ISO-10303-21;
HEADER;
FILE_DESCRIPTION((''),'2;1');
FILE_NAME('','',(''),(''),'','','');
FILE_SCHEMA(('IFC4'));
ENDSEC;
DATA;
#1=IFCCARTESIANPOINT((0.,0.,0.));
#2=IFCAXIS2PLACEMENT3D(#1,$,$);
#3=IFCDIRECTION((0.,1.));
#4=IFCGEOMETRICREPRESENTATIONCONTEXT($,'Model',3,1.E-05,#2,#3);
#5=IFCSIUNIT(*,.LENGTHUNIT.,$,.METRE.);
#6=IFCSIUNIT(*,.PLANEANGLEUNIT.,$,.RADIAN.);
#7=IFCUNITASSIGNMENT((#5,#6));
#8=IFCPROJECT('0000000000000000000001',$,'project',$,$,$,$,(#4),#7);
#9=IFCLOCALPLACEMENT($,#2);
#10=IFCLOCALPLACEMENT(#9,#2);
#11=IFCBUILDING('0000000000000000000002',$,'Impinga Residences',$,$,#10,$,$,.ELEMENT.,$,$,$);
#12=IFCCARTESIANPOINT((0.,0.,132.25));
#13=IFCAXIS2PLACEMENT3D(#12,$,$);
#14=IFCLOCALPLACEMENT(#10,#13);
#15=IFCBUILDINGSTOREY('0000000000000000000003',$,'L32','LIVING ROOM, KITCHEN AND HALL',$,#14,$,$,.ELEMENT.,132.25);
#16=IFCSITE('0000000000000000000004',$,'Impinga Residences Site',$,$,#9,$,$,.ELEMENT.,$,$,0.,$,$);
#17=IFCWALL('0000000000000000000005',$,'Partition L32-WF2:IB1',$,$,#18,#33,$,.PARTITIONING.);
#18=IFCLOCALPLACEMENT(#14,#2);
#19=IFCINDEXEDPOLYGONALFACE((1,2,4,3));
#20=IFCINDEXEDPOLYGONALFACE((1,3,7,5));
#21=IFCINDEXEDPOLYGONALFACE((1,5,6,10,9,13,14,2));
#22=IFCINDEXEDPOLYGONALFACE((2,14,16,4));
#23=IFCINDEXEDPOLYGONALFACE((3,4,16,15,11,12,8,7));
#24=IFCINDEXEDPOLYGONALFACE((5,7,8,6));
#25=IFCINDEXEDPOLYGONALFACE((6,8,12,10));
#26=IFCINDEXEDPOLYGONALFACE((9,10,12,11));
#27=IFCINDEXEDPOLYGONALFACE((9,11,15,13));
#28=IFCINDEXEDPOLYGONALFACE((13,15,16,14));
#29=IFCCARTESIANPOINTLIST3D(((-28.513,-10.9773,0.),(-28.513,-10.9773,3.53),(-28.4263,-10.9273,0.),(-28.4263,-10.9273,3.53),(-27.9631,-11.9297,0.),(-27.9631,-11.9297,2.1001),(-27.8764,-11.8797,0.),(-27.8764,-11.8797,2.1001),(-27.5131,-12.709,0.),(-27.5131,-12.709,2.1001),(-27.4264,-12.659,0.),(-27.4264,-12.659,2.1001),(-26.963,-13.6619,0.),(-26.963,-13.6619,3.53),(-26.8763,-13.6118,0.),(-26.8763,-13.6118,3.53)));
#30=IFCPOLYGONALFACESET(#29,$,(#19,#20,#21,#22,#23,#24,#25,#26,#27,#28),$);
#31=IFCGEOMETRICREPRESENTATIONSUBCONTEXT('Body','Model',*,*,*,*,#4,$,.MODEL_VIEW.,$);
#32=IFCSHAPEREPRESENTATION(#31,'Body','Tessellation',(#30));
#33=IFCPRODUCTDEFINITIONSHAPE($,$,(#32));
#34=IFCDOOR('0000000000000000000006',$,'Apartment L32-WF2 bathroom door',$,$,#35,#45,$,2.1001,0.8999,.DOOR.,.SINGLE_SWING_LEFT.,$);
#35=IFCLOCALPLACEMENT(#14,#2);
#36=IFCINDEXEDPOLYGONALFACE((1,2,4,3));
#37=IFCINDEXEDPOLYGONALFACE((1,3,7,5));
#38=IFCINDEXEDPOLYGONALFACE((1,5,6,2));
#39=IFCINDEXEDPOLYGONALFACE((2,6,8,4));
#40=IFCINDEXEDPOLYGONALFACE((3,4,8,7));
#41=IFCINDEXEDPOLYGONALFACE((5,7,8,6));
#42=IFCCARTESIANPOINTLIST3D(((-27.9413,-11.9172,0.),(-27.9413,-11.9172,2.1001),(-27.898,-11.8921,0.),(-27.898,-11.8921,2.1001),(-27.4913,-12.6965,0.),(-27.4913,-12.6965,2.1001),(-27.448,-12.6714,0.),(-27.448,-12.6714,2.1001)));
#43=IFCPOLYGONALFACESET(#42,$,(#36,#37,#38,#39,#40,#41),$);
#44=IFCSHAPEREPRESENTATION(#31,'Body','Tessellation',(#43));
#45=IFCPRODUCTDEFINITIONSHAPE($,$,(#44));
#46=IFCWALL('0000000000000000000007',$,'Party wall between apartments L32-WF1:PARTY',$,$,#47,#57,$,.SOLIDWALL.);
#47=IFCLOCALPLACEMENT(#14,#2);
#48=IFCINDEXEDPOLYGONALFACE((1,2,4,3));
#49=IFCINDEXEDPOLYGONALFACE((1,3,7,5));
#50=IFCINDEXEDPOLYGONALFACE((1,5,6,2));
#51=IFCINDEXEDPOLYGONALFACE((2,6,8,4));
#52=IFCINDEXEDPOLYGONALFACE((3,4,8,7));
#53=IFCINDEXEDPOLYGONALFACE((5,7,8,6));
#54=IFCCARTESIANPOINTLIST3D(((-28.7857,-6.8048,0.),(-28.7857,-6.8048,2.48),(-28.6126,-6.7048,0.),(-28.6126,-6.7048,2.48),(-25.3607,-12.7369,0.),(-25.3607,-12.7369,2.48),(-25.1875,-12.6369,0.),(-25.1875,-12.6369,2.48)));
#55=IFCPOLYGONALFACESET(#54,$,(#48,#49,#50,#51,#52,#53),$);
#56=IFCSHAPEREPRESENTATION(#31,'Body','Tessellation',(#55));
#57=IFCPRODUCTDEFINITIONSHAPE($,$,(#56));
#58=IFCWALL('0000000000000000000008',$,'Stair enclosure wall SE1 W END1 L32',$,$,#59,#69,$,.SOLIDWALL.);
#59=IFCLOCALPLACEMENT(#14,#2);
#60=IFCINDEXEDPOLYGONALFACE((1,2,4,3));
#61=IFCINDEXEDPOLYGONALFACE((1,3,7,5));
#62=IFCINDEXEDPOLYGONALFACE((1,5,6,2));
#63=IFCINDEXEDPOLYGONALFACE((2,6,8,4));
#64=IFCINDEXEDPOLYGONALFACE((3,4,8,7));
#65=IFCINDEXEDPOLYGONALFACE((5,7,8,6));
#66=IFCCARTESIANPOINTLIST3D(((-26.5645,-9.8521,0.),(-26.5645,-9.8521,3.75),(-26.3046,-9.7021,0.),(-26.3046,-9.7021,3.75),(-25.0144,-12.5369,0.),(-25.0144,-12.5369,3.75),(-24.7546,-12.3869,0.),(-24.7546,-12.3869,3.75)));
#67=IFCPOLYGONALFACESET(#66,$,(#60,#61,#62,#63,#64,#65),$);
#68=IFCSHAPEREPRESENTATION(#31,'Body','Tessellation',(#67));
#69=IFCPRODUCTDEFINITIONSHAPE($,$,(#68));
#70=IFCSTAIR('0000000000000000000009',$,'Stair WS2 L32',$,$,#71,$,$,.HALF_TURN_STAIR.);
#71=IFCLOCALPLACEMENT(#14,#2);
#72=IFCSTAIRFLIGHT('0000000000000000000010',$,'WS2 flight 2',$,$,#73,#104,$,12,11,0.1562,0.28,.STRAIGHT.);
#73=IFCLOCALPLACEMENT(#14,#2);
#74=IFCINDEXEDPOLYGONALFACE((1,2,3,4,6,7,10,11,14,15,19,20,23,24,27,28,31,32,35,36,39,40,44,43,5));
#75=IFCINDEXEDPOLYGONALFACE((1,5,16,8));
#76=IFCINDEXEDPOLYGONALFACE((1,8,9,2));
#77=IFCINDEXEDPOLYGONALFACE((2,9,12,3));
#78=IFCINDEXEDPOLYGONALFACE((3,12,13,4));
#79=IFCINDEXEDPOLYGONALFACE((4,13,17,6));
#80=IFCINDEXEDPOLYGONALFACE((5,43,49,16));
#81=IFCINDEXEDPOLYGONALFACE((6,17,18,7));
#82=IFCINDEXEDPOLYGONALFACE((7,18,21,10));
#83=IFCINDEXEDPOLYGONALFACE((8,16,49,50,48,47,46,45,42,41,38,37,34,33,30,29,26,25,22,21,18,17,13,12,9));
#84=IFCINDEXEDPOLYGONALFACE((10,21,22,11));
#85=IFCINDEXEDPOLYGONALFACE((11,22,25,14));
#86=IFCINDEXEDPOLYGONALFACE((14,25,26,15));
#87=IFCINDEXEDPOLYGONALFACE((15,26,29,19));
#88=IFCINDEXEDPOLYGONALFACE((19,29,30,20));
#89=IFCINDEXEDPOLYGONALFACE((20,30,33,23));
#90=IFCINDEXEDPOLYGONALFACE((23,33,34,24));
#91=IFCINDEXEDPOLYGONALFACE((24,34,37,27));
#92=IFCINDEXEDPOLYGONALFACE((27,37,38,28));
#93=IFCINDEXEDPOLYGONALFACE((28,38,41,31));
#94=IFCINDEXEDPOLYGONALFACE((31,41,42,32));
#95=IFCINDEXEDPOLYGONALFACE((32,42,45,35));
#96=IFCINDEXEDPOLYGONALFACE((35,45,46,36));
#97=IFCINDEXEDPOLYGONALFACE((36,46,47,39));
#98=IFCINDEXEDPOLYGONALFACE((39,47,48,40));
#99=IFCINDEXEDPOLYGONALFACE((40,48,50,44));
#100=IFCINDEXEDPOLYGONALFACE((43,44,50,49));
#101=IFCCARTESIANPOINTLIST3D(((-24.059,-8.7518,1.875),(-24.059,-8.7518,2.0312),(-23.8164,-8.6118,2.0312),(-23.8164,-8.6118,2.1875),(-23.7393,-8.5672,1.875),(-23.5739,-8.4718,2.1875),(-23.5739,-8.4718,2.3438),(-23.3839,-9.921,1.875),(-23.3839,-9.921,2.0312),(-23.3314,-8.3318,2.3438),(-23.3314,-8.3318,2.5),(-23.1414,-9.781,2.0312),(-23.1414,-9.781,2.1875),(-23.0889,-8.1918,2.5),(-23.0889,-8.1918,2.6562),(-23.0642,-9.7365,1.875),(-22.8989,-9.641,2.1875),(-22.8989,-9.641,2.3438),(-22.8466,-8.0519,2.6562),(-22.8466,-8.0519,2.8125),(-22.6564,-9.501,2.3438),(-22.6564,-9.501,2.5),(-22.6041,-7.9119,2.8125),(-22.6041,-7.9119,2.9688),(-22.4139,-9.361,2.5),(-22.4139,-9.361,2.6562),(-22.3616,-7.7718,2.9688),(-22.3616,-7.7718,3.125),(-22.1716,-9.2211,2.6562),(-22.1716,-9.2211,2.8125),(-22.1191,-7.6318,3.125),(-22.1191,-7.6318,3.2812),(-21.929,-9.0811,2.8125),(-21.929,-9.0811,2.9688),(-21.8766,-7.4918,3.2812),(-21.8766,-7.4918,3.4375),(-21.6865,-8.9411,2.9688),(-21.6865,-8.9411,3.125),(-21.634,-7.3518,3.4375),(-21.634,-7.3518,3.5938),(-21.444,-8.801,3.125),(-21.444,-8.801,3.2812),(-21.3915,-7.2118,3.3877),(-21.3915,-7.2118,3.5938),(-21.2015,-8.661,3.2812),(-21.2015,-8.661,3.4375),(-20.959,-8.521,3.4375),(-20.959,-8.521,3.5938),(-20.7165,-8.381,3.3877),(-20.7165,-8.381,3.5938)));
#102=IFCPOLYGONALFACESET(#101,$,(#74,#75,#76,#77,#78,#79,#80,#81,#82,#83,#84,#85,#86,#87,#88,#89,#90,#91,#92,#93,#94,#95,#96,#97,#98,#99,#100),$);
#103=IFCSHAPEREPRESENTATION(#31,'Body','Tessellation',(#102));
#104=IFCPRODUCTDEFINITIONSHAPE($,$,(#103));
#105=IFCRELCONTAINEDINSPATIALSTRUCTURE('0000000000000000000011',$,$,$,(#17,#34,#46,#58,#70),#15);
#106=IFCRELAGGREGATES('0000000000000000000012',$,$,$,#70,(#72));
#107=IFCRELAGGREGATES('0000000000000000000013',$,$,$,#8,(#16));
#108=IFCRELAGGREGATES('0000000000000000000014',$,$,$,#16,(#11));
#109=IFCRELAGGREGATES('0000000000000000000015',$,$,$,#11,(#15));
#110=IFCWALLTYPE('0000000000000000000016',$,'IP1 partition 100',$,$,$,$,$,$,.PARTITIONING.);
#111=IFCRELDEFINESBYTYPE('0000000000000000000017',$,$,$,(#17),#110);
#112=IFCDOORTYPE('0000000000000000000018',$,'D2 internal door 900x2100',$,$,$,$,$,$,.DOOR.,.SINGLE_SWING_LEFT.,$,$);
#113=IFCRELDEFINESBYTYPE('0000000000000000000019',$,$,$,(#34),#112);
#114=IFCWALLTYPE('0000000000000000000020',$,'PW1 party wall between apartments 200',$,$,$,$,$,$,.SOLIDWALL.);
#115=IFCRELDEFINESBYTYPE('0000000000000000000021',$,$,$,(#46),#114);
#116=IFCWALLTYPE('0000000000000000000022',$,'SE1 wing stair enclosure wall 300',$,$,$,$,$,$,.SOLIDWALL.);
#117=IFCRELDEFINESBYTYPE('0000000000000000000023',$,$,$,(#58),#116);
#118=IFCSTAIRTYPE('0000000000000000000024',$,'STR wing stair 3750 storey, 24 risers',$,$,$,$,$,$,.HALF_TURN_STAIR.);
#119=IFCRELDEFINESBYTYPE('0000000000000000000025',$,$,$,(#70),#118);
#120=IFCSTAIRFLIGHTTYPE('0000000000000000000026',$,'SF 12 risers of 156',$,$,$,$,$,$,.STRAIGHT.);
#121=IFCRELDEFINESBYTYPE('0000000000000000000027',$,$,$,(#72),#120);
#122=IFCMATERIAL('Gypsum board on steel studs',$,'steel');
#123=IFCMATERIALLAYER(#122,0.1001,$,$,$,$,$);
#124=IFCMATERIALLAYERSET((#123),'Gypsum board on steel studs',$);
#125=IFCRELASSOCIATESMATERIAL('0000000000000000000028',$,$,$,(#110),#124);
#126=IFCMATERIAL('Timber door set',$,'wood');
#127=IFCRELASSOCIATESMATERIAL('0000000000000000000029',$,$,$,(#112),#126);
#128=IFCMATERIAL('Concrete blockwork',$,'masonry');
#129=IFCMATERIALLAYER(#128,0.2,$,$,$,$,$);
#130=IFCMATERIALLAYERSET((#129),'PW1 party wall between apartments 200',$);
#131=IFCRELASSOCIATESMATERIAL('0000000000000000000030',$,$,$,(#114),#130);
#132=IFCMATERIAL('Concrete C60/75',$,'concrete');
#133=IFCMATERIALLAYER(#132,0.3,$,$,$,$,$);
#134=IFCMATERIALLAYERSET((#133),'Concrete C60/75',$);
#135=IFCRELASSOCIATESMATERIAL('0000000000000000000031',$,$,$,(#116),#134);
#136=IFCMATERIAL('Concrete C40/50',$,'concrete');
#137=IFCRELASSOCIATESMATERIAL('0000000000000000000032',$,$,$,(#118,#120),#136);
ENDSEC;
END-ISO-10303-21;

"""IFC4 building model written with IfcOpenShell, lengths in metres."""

from ifc_helpers import new_model, si_unit, direction, frame, frame_2d, origin, place, context, subcontext, project, spatial, polyline, rectangle, outline, extrude, material, layer, layer_set, type_object, element, fill, aggregate, save


model = new_model("IFC4")

# Units and contexts
model_context = context("Model", 3, precision=1e-05, world=origin(), true_north=direction((0.0, 1.0)))
body_context = subcontext(model_context, "Body", "Model", "MODEL_VIEW")
ifc_project = project(units=[si_unit("LENGTHUNIT", "METRE"), si_unit("PLANEANGLEUNIT", "RADIAN")], contexts=[model_context])

# Site, building, storey
site_placement = place(None, origin())
site = spatial("IfcSite", under=ifc_project, at=site_placement, Name="Impinga Residences Site", CompositionType="ELEMENT", RefElevation=0.0)
building_placement = place(site_placement, origin())
building = spatial("IfcBuilding", under=site, at=building_placement, Name="Impinga Residences", CompositionType="ELEMENT")
storey_placement = place(building_placement, frame((0.0, 0.0, 132.25)))
storey = spatial("IfcBuildingStorey", under=building, at=storey_placement, Name="L32", Description="LIVING ROOM, KITCHEN AND HALL", CompositionType="ELEMENT", Elevation=132.25)

# Shared definitions
ifc_material_1 = material(Name="Concrete C60/75", Category="concrete")

# Shared definitions
ifc_material_2 = material(Name="Gypsum board on steel studs", Category="steel")
ifc_layer_1 = layer(ifc_material_2, 0.1001)
ifc_layer_set_1 = layer_set([ifc_layer_1], Name="Gypsum board on steel studs")
wall_type_1 = type_object("IfcWallType", Name="IP1 partition 100", PredefinedType="PARTITIONING", material=ifc_layer_set_1)

# Shared definitions
ifc_material_3 = material(Name="Timber door set", Category="wood")
door_type = type_object("IfcDoorType", Name="D2 internal door 900x2100", OperationType="SINGLE_SWING_LEFT", PredefinedType="DOOR", material=ifc_material_3)

# Wall, opening, door
wall_1_placement = place(storey_placement, frame((-26.9197, -13.6367, 0.0), z_axis=(0.0, 0.0, 1.0), x_axis=(-0.500027, 0.86601, 0.0)))
wall_1 = element("IfcWall", 1, at=wall_1_placement, inside=storey, type_object=wall_type_1, Name="Partition L32-WF2:IB1", PredefinedType="PARTITIONING", context=body_context, shape_type="SweptSolid", body=[
    extrude(rectangle(XDim=3.0999, YDim=0.1001, at=frame_2d((1.5498, 0.0))), origin(), (0.0, 0.0, 1.0), 3.53),
])
opening_1_placement = place(wall_1_placement, frame((1.1001, 0.0, 0.0)))
opening_1 = element("IfcOpeningElement", 2, at=opening_1_placement, cuts=wall_1, PredefinedType="OPENING", context=body_context, shape_type="SweptSolid", body=[
    extrude(rectangle(XDim=0.8999, YDim=2.1001, at=frame_2d((0.45, 1.05))), frame((0.0, 0.0601, 0.0), z_axis=(0.0, -1.0, 0.0), x_axis=(1.0, 0.0, 0.0)), (0.0, 0.0, 1.0), 0.1201),
])
door_1_placement = place(opening_1_placement, origin())
door_1 = element("IfcDoor", 3, at=door_1_placement, inside=storey, type_object=door_type, Name="Apartment L32-WF2 bathroom door", OperationType="SINGLE_SWING_LEFT", OverallHeight=2.1001, OverallWidth=0.8999, PredefinedType="DOOR", context=body_context, shape_type="SweptSolid", body=[
    extrude(rectangle(XDim=0.8999, YDim=2.1001, at=frame_2d((0.45, 1.05))), frame((0.0, 0.0249, 0.0), z_axis=(0.0, -1.0, 0.0), x_axis=(1.0, 0.0, 0.0)), (0.0, 0.0, 1.0), 0.05),
])
fill(opening_1, door_1)

# Walls
ifc_material_4 = material(Name="Concrete blockwork", Category="masonry")
ifc_layer_2 = layer(ifc_material_4, 0.2)
ifc_layer_set_2 = layer_set([ifc_layer_2], Name="PW1 party wall between apartments 200")
wall_type_2 = type_object("IfcWallType", Name="PW1 party wall between apartments 200", PredefinedType="SOLIDWALL", material=ifc_layer_set_2)
wall_2_placement = place(storey_placement, frame((-25.2742, -12.6868, 0.0), z_axis=(0.0, 0.0, 1.0), x_axis=(-0.500015, 0.866017, 0.0)))
element("IfcWall", 4, at=wall_2_placement, inside=storey, type_object=wall_type_2, Name="Party wall between apartments L32-WF1:PARTY", PredefinedType="SOLIDWALL", context=body_context, shape_type="SweptSolid", body=[
    extrude(rectangle(XDim=6.8499, YDim=0.2, at=frame_2d((3.4248, 0.0))), origin(), (0.0, 0.0, 1.0), 2.48),
])
ifc_layer_3 = layer(ifc_material_1, 0.3)
ifc_layer_set_3 = layer_set([ifc_layer_3], Name="Concrete C60/75")
wall_type_3 = type_object("IfcWallType", Name="SE1 wing stair enclosure wall 300", PredefinedType="SOLIDWALL", material=ifc_layer_set_3)
wall_3_placement = place(storey_placement, frame((-24.8845, -12.4619, 0.0), z_axis=(0.0, 0.0, 1.0), x_axis=(-0.499993, 0.86603, 0.0)))
element("IfcWall", 5, at=wall_3_placement, inside=storey, type_object=wall_type_3, Name="Stair enclosure wall SE1 W END1 L32", PredefinedType="SOLIDWALL", context=body_context, shape_type="SweptSolid", body=[
    extrude(rectangle(XDim=3.1001, YDim=0.3, at=frame_2d((1.55, 0.0))), origin(), (0.0, 0.0, 1.0), 3.75),
])

# Stair, stair flight
ifc_material_5 = material(Name="Concrete C40/50", Category="concrete")
stair_type = type_object("IfcStairType", Name="STR wing stair 3750 storey, 24 risers", PredefinedType="HALF_TURN_STAIR", material=ifc_material_5)
stair_placement = place(storey_placement, origin())
stair = element("IfcStair", 6, at=stair_placement, inside=storey, type_object=stair_type, Name="Stair WS2 L32", PredefinedType="HALF_TURN_STAIR")
stair_flight_type = type_object("IfcStairFlightType", Name="SF 12 risers of 156", PredefinedType="STRAIGHT", material=ifc_material_5)
stair_flight_placement = place(storey_placement, frame((-23.7214, -9.3364, 1.875), z_axis=(0.0, 0.0, 1.0), x_axis=(0.866025, 0.5, 0.0)))
stair_flight = element("IfcStairFlight", 7, at=stair_flight_placement, type_object=stair_flight_type, Name="WS2 flight 2", NumberOfRisers=12, NumberOfTreads=11, PredefinedType="STRAIGHT", RiserHeight=0.1562, TreadLength=0.28, context=body_context, shape_type="SweptSolid", body=[
    extrude(outline(polyline([(0.0, 0.0), (0.0, 0.1562), (0.28, 0.1562), (0.28, 0.3125), (0.5601, 0.3125), (0.5601, 0.4688), (0.8401, 0.4688), (0.8401, 0.625), (1.1201, 0.625), (1.1201, 0.7812), (1.3999, 0.7812), (1.3999, 0.9375), (1.6799, 0.9375), (1.6799, 1.0938), (1.96, 1.0938), (1.96, 1.25), (2.24, 1.25), (2.24, 1.4062), (2.52, 1.4062), (2.52, 1.5625), (2.8, 1.5625), (2.8, 1.7188), (3.0801, 1.7188), (3.0801, 1.875), (3.0801, 1.5127), (0.3691, 0.0), (0.0, 0.0)])), frame((0.0, 0.675, 0.0), z_axis=(0.0, -1.0, 0.0), x_axis=(1.0, 0.0, 0.0)), (0.0, 0.0, 1.0), 1.3501),
])
aggregate(stair, [stair_flight])

save(model, "model.ifc")
